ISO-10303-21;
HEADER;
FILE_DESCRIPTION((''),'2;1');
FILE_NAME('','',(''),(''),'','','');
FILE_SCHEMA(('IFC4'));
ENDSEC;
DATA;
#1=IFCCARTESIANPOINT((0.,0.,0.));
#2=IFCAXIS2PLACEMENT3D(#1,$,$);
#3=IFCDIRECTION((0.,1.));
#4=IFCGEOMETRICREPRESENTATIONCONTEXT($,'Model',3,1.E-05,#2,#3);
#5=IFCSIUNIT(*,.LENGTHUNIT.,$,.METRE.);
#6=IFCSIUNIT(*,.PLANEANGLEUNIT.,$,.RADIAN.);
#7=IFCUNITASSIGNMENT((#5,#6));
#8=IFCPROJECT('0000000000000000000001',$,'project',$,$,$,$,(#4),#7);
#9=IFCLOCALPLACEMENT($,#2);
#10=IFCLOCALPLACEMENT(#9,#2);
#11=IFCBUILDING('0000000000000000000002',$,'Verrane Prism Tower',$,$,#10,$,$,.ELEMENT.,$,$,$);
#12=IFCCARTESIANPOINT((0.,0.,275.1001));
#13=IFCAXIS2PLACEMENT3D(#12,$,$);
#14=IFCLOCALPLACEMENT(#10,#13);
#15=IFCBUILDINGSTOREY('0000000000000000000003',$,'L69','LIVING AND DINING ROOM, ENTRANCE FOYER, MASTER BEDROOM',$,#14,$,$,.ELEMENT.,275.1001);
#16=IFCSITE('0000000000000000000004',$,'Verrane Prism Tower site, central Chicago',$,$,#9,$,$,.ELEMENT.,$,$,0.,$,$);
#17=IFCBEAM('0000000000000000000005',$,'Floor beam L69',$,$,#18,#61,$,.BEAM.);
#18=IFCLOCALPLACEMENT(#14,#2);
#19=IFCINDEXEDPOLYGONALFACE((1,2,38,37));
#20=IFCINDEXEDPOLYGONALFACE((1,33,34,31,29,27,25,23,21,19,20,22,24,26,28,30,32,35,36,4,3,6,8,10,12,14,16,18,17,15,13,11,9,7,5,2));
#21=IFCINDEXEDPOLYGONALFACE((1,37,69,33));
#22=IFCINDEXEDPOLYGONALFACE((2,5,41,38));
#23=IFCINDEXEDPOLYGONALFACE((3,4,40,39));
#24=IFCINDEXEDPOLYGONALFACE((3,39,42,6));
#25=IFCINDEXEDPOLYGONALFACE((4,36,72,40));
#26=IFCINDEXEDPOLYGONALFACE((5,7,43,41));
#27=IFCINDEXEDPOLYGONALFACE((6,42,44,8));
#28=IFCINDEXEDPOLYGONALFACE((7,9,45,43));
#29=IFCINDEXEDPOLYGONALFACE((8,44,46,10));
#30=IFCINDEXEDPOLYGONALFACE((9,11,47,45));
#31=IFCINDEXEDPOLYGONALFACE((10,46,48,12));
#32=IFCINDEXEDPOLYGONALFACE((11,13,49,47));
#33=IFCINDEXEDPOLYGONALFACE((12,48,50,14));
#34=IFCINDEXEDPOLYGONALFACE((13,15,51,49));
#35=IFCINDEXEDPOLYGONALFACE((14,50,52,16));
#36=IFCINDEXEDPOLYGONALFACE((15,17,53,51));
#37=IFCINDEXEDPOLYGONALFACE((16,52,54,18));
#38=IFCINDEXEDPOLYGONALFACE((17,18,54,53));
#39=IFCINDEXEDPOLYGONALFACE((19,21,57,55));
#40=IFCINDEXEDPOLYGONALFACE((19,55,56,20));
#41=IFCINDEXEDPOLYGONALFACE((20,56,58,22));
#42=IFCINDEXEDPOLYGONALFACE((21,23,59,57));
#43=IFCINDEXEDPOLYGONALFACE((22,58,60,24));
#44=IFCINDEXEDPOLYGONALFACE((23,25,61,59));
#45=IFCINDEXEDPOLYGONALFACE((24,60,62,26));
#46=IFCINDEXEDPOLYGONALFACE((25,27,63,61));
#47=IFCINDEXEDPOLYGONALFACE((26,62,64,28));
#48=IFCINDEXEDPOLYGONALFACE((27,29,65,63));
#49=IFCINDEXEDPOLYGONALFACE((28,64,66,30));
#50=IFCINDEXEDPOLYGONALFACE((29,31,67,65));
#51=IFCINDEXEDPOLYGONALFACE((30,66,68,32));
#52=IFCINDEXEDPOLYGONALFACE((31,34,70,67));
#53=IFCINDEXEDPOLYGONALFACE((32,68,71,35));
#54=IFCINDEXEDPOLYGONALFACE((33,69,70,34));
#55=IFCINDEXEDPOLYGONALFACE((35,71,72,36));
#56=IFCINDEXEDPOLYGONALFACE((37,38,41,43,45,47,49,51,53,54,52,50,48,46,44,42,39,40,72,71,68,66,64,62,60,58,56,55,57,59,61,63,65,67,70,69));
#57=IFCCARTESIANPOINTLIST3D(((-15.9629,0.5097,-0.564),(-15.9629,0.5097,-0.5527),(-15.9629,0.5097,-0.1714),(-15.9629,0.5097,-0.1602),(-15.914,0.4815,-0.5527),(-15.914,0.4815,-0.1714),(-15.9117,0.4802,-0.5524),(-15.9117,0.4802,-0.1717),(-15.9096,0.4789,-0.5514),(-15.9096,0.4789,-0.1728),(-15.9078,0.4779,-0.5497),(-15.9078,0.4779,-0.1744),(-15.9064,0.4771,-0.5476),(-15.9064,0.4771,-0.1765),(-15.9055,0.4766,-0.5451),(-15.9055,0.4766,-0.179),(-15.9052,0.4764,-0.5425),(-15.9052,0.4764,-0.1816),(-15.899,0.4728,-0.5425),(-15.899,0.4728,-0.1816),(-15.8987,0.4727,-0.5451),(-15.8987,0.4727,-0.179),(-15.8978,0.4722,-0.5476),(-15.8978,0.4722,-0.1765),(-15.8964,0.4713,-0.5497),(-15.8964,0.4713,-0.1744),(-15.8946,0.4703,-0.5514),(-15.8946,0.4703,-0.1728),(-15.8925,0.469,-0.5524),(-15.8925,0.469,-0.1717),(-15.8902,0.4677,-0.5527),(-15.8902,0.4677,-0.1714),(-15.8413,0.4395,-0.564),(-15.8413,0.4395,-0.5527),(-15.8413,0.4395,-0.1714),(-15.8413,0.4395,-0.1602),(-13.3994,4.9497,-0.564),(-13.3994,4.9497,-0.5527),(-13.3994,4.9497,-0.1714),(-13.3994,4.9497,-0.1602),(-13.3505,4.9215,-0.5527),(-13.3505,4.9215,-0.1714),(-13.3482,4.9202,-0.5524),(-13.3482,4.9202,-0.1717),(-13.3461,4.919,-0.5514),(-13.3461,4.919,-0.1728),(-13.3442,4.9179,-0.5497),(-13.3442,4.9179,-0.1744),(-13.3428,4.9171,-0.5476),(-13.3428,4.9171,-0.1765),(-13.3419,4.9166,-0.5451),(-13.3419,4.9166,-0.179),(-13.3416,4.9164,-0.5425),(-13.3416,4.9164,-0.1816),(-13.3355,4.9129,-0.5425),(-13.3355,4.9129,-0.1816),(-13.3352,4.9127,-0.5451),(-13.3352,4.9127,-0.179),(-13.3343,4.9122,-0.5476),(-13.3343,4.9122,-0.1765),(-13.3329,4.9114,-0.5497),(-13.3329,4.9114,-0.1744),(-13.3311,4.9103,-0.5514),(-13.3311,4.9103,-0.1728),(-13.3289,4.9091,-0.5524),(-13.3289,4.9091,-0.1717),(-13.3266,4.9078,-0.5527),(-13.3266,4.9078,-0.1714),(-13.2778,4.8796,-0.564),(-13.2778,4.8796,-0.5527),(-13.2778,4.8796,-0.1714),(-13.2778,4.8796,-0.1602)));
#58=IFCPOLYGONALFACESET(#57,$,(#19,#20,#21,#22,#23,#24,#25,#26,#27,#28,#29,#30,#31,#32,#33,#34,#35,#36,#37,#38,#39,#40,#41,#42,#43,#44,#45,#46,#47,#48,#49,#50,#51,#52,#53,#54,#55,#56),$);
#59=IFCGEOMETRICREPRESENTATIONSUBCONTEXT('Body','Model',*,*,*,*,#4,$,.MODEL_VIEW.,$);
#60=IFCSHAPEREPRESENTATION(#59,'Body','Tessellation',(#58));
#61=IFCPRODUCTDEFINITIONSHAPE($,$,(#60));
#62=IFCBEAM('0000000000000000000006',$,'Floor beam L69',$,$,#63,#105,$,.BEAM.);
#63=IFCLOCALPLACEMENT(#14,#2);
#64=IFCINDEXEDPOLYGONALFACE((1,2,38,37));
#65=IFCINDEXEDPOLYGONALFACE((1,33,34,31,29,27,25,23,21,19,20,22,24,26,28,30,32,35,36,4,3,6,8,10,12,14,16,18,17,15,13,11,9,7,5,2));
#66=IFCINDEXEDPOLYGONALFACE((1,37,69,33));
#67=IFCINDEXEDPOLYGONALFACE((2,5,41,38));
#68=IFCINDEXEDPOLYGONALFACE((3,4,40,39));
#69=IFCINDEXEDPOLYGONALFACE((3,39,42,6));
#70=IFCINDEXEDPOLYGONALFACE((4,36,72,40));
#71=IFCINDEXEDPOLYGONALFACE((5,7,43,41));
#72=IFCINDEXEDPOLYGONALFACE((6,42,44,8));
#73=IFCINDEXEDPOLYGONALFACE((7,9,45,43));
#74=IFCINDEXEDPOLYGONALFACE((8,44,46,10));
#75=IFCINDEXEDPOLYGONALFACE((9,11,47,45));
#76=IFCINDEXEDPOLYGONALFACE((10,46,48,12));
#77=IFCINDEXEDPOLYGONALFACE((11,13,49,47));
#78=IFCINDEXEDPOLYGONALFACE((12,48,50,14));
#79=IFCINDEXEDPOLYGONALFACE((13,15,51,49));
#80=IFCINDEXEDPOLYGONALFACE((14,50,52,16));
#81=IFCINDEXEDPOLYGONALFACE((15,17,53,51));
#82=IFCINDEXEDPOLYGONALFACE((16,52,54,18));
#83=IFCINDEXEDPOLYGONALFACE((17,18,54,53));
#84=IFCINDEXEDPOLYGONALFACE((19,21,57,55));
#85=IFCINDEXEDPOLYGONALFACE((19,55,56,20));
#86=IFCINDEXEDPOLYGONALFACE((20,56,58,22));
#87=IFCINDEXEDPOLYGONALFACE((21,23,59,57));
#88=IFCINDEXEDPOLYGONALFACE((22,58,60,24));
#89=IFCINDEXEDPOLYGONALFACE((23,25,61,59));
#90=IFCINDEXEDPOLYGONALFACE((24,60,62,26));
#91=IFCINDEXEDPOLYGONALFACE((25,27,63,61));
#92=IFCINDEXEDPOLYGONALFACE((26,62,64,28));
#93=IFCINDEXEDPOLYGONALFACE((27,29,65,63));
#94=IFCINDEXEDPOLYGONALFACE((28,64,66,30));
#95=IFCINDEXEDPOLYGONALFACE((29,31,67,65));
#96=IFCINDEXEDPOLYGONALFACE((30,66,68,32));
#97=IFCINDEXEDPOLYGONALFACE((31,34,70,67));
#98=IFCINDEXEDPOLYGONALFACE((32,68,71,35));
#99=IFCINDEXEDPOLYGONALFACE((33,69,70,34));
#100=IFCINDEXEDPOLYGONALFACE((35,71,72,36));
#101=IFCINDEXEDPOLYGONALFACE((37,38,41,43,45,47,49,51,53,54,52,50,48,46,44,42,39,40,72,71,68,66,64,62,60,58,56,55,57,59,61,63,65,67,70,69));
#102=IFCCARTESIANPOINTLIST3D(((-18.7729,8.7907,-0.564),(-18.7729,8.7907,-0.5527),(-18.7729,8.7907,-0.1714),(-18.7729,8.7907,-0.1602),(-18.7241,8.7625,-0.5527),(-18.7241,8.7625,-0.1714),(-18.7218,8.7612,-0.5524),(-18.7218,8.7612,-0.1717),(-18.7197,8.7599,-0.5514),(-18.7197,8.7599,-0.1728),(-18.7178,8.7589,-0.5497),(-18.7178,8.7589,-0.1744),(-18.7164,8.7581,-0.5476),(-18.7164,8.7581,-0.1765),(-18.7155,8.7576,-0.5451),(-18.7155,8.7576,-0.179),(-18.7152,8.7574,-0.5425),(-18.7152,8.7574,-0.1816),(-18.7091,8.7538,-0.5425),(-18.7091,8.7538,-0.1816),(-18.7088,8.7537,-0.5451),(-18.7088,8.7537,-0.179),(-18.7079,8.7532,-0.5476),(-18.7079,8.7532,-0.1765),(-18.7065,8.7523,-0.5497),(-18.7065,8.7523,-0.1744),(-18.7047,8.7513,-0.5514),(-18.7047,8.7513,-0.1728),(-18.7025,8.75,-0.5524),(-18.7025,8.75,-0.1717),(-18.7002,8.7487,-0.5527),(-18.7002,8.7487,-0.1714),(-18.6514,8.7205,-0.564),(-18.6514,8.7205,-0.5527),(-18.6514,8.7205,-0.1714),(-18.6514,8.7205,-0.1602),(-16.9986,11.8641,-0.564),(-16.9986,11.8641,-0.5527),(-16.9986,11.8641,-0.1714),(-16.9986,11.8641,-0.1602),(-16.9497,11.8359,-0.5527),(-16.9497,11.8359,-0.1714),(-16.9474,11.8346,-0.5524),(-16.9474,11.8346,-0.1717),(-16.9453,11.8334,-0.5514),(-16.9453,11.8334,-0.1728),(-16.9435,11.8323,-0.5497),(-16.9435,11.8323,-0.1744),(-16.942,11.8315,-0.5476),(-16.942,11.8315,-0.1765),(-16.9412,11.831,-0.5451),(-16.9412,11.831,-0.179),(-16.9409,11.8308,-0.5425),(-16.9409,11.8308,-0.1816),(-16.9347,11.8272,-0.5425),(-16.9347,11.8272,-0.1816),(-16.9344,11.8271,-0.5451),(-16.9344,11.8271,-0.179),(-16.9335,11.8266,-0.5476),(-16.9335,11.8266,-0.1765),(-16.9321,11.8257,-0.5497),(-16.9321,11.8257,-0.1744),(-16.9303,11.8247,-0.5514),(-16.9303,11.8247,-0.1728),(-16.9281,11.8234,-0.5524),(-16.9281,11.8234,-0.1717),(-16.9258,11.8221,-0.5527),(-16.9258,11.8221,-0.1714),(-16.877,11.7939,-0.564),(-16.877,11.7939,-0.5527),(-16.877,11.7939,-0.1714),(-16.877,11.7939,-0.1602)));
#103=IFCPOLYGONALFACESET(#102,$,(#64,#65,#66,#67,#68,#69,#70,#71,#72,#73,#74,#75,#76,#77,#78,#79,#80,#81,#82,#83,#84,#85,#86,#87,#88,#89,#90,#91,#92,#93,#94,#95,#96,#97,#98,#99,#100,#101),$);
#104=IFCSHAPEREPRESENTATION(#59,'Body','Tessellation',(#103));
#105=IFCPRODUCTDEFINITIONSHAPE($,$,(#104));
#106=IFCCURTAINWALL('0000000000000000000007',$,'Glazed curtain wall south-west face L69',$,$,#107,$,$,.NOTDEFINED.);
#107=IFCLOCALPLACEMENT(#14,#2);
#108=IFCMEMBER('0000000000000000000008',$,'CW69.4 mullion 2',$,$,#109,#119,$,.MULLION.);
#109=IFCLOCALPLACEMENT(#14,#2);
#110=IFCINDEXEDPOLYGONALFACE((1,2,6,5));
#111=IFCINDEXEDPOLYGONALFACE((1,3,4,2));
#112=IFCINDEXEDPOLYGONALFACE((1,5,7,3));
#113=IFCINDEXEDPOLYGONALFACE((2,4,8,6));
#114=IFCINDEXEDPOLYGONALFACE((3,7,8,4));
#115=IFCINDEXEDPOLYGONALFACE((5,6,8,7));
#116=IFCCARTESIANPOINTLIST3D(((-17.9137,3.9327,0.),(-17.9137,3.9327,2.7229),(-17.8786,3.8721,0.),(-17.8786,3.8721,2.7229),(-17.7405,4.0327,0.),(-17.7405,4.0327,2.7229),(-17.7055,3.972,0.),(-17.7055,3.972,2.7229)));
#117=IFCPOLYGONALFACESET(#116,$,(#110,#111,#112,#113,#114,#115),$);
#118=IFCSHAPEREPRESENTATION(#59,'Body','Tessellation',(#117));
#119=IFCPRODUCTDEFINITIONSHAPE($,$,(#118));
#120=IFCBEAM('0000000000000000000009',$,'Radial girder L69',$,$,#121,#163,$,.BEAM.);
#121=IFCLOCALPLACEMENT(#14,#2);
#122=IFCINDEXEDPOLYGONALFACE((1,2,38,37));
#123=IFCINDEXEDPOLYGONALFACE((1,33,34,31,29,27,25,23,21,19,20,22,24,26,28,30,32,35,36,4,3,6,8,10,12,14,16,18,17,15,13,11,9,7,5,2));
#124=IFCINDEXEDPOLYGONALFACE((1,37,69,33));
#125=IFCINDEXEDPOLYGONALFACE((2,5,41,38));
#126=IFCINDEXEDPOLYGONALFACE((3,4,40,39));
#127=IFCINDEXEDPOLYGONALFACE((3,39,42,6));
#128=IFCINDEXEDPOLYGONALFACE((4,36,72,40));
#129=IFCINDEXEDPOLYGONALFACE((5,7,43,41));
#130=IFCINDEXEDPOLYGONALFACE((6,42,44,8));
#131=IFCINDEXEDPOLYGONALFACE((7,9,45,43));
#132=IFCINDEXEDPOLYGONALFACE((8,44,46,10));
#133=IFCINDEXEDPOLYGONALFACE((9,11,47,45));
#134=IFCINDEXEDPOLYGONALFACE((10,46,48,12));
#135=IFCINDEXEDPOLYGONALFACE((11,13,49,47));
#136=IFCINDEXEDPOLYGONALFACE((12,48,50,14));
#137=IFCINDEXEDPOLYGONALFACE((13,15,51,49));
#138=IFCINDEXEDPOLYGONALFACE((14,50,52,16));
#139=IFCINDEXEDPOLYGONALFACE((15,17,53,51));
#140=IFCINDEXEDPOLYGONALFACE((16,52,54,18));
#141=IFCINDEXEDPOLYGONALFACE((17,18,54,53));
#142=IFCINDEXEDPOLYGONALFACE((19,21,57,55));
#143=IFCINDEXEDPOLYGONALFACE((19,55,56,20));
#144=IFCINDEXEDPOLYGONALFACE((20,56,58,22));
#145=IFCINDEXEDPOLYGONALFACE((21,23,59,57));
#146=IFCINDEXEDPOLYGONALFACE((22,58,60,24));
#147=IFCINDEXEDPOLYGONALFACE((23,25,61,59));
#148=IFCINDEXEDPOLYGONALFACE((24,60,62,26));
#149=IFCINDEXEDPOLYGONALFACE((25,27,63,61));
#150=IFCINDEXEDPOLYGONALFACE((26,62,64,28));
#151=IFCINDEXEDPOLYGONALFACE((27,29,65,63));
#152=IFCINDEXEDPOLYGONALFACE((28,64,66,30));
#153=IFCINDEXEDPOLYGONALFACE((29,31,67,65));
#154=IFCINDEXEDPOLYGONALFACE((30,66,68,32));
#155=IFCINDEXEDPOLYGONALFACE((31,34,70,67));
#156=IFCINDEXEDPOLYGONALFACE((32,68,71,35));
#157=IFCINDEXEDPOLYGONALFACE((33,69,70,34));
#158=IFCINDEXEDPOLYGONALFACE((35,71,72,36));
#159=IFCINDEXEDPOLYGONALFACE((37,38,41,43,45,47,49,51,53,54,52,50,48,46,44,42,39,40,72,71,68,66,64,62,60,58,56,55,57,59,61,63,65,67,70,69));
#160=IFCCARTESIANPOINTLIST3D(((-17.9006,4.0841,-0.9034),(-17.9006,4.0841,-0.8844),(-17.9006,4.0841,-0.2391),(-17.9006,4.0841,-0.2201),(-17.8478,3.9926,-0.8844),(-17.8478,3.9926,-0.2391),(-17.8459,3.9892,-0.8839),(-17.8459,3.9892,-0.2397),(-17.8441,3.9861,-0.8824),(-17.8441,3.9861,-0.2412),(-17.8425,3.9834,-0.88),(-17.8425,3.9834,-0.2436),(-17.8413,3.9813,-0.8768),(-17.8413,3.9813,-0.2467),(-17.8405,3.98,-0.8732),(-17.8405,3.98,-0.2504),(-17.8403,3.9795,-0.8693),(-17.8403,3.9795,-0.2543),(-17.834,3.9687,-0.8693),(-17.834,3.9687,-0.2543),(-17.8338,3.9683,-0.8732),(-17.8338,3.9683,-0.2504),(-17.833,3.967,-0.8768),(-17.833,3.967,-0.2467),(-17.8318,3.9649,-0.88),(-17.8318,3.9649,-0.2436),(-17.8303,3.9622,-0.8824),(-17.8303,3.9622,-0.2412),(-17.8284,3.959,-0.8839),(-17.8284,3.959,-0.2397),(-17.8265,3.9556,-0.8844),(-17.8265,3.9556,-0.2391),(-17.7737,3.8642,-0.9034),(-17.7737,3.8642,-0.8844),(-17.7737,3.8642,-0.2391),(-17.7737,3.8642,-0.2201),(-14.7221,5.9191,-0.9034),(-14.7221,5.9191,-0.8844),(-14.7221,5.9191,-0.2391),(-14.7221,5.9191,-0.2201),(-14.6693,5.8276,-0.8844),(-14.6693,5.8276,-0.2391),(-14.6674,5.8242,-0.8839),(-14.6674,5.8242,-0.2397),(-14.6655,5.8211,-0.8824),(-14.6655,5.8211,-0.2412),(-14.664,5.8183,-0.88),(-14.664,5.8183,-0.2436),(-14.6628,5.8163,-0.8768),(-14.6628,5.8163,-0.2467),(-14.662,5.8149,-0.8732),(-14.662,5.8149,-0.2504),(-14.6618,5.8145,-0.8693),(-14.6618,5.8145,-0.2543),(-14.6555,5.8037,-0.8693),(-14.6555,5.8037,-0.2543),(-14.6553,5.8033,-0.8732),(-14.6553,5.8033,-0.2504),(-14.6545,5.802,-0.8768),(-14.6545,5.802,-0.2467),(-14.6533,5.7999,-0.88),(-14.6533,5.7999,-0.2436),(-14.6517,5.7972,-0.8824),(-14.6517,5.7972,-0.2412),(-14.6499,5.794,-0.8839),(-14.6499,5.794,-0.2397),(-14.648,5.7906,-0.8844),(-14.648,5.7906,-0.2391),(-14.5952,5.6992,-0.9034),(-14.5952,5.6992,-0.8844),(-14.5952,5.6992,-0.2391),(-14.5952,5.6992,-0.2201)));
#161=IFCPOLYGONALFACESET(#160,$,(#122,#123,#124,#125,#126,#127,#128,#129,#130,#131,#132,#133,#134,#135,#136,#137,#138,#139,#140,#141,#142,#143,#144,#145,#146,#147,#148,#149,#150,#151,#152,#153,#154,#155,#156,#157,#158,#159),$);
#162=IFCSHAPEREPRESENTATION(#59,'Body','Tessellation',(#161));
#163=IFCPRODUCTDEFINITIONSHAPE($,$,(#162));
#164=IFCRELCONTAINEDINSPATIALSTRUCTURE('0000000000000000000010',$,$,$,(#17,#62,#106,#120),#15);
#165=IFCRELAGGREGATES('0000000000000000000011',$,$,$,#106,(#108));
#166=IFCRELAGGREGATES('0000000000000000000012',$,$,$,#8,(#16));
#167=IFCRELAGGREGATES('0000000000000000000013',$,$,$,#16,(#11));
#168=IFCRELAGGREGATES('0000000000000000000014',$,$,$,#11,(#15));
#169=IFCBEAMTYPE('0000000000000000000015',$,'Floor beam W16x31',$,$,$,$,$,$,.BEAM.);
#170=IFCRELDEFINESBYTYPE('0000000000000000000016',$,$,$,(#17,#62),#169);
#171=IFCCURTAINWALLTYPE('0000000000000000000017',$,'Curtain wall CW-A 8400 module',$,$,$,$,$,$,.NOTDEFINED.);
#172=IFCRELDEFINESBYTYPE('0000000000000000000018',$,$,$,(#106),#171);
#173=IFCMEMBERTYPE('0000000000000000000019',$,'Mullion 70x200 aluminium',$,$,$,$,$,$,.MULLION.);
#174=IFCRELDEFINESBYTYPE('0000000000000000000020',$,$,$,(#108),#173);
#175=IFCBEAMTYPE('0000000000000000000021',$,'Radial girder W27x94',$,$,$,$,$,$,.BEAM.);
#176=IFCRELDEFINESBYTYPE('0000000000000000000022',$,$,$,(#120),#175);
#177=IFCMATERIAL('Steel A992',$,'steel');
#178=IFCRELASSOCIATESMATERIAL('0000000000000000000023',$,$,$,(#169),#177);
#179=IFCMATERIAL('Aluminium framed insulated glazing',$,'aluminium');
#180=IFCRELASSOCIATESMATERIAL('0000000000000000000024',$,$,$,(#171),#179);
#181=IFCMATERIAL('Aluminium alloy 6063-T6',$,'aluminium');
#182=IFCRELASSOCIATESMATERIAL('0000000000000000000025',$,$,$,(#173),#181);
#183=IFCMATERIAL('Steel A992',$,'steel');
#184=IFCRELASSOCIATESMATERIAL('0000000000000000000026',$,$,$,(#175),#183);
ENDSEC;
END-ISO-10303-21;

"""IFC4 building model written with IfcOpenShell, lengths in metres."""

from ifc_helpers import new_model, si_unit, direction, frame, origin, origin_2d, place, context, subcontext, project, spatial, rectangle, i_section, extrude, material, material_profile, profile_set, type_object, element, aggregate, save


model = new_model("IFC4")

# Units and contexts
model_context = context("Model", 3, precision=1e-05, world=origin(), true_north=direction((0.0, 1.0)))
body_context = subcontext(model_context, "Body", "Model", "MODEL_VIEW")
ifc_project = project(units=[si_unit("LENGTHUNIT", "METRE"), si_unit("PLANEANGLEUNIT", "RADIAN")], contexts=[model_context])

# Site, building, storey
site_placement = place(None, origin())
site = spatial("IfcSite", under=ifc_project, at=site_placement, Name="Verrane Prism Tower site, central Chicago", CompositionType="ELEMENT", RefElevation=0.0)
building_placement = place(site_placement, origin())
building = spatial("IfcBuilding", under=site, at=building_placement, Name="Verrane Prism Tower", CompositionType="ELEMENT")
storey_placement = place(building_placement, frame((0.0, 0.0, 275.1001)))
storey = spatial("IfcBuildingStorey", under=building, at=storey_placement, Name="L69", Description="LIVING AND DINING ROOM, ENTRANCE FOYER, MASTER BEDROOM", CompositionType="ELEMENT", Elevation=275.1001)

# Beams
ifc_material_1 = material(Name="Steel A992", Category="steel")
ifc_material_profile_1 = material_profile(ifc_material_1, i_section(OverallWidth=0.1404, OverallDepth=0.4038, WebThickness=0.0071, FlangeThickness=0.0112, FilletRadius=0.0103, at=origin_2d()), Name="W16x31")
ifc_profile_set_1 = profile_set([ifc_material_profile_1], Name="Steel A992")
beam_type_1 = type_object("IfcBeamType", Name="Floor beam W16x31", PredefinedType="BEAM", material=ifc_profile_set_1)
beam_1_placement = place(storey_placement, frame((-15.9021, 0.4746, -0.3621), z_axis=(0.500011, 0.866019, 0.0), x_axis=(-0.866019, 0.500011, 0.0)))
element("IfcBeam", 1, at=beam_1_placement, inside=storey, type_object=beam_type_1, Name="Floor beam L69", PredefinedType="BEAM", context=body_context, shape_type="SweptSolid", body=[
    extrude(i_section(OverallWidth=0.1404, OverallDepth=0.4038, WebThickness=0.0071, FlangeThickness=0.0112, FilletRadius=0.0103, at=origin_2d()), origin(), (0.0, 0.0, 1.0), 5.127),
])
beam_2_placement = place(storey_placement, frame((-18.7122, 8.7556, -0.3621), z_axis=(0.499986, 0.866033, 0.0), x_axis=(-0.866033, 0.499986, 0.0)))
element("IfcBeam", 2, at=beam_2_placement, inside=storey, type_object=beam_type_1, Name="Floor beam L69", PredefinedType="BEAM", context=body_context, shape_type="SweptSolid", body=[
    extrude(i_section(OverallWidth=0.1404, OverallDepth=0.4038, WebThickness=0.0071, FlangeThickness=0.0112, FilletRadius=0.0103, at=origin_2d()), origin(), (0.0, 0.0, 1.0), 3.5488),
])

# Curtain wall, member
ifc_material_2 = material(Name="Aluminium framed insulated glazing", Category="aluminium")
curtain_wall_type = type_object("IfcCurtainWallType", Name="Curtain wall CW-A 8400 module", PredefinedType="NOTDEFINED", material=ifc_material_2)
curtain_wall_placement = place(storey_placement, origin())
curtain_wall = element("IfcCurtainWall", 3, at=curtain_wall_placement, inside=storey, type_object=curtain_wall_type, Name="Glazed curtain wall south-west face L69", PredefinedType="NOTDEFINED")
ifc_material_3 = material(Name="Aluminium alloy 6063-T6", Category="aluminium")
ifc_material_profile_2 = material_profile(ifc_material_3, rectangle(XDim=0.2, YDim=0.0701, at=origin_2d()), Name="Mullion 70x200 aluminium")
ifc_profile_set_2 = profile_set([ifc_material_profile_2], Name="Aluminium alloy 6063-T6")
member_type_1 = type_object("IfcMemberType", Name="Mullion 70x200 aluminium", PredefinedType="MULLION", material=ifc_profile_set_2)
member_1_placement = place(storey_placement, frame((-17.8096, 3.9524, 0.0), z_axis=(0.0, 0.0, 1.0), x_axis=(0.866025, 0.500001, 0.0)))
member_1 = element("IfcMember", 4, at=member_1_placement, type_object=member_type_1, Name="CW69.4 mullion 2", PredefinedType="MULLION", context=body_context, shape_type="SweptSolid", body=[
    extrude(rectangle(XDim=0.2, YDim=0.0701, at=origin_2d()), origin(), (0.0, 0.0, 1.0), 2.7229),
])

# Beam
ifc_material_4 = material(Name="Steel A992", Category="steel")
ifc_material_profile_3 = material_profile(ifc_material_4, i_section(OverallWidth=0.2539, OverallDepth=0.6833, WebThickness=0.0125, FlangeThickness=0.019, FilletRadius=0.0151, at=origin_2d()), Name="W27x94")
ifc_profile_set_3 = profile_set([ifc_material_profile_3], Name="Steel A992")
beam_type_2 = type_object("IfcBeamType", Name="Radial girder W27x94", PredefinedType="BEAM", material=ifc_profile_set_3)
beam_3_placement = place(storey_placement, frame((-17.8372, 3.9741, -0.5618), z_axis=(0.86604, 0.499974, 0.0), x_axis=(-0.499974, 0.86604, 0.0)))
element("IfcBeam", 5, at=beam_3_placement, inside=storey, type_object=beam_type_2, Name="Radial girder L69", PredefinedType="BEAM", context=body_context, shape_type="SweptSolid", body=[
    extrude(i_section(OverallWidth=0.2539, OverallDepth=0.6833, WebThickness=0.0125, FlangeThickness=0.019, FilletRadius=0.0151, at=origin_2d()), origin(), (0.0, 0.0, 1.0), 3.6702),
])

aggregate(curtain_wall, [member_1])

save(model, "model.ifc")
